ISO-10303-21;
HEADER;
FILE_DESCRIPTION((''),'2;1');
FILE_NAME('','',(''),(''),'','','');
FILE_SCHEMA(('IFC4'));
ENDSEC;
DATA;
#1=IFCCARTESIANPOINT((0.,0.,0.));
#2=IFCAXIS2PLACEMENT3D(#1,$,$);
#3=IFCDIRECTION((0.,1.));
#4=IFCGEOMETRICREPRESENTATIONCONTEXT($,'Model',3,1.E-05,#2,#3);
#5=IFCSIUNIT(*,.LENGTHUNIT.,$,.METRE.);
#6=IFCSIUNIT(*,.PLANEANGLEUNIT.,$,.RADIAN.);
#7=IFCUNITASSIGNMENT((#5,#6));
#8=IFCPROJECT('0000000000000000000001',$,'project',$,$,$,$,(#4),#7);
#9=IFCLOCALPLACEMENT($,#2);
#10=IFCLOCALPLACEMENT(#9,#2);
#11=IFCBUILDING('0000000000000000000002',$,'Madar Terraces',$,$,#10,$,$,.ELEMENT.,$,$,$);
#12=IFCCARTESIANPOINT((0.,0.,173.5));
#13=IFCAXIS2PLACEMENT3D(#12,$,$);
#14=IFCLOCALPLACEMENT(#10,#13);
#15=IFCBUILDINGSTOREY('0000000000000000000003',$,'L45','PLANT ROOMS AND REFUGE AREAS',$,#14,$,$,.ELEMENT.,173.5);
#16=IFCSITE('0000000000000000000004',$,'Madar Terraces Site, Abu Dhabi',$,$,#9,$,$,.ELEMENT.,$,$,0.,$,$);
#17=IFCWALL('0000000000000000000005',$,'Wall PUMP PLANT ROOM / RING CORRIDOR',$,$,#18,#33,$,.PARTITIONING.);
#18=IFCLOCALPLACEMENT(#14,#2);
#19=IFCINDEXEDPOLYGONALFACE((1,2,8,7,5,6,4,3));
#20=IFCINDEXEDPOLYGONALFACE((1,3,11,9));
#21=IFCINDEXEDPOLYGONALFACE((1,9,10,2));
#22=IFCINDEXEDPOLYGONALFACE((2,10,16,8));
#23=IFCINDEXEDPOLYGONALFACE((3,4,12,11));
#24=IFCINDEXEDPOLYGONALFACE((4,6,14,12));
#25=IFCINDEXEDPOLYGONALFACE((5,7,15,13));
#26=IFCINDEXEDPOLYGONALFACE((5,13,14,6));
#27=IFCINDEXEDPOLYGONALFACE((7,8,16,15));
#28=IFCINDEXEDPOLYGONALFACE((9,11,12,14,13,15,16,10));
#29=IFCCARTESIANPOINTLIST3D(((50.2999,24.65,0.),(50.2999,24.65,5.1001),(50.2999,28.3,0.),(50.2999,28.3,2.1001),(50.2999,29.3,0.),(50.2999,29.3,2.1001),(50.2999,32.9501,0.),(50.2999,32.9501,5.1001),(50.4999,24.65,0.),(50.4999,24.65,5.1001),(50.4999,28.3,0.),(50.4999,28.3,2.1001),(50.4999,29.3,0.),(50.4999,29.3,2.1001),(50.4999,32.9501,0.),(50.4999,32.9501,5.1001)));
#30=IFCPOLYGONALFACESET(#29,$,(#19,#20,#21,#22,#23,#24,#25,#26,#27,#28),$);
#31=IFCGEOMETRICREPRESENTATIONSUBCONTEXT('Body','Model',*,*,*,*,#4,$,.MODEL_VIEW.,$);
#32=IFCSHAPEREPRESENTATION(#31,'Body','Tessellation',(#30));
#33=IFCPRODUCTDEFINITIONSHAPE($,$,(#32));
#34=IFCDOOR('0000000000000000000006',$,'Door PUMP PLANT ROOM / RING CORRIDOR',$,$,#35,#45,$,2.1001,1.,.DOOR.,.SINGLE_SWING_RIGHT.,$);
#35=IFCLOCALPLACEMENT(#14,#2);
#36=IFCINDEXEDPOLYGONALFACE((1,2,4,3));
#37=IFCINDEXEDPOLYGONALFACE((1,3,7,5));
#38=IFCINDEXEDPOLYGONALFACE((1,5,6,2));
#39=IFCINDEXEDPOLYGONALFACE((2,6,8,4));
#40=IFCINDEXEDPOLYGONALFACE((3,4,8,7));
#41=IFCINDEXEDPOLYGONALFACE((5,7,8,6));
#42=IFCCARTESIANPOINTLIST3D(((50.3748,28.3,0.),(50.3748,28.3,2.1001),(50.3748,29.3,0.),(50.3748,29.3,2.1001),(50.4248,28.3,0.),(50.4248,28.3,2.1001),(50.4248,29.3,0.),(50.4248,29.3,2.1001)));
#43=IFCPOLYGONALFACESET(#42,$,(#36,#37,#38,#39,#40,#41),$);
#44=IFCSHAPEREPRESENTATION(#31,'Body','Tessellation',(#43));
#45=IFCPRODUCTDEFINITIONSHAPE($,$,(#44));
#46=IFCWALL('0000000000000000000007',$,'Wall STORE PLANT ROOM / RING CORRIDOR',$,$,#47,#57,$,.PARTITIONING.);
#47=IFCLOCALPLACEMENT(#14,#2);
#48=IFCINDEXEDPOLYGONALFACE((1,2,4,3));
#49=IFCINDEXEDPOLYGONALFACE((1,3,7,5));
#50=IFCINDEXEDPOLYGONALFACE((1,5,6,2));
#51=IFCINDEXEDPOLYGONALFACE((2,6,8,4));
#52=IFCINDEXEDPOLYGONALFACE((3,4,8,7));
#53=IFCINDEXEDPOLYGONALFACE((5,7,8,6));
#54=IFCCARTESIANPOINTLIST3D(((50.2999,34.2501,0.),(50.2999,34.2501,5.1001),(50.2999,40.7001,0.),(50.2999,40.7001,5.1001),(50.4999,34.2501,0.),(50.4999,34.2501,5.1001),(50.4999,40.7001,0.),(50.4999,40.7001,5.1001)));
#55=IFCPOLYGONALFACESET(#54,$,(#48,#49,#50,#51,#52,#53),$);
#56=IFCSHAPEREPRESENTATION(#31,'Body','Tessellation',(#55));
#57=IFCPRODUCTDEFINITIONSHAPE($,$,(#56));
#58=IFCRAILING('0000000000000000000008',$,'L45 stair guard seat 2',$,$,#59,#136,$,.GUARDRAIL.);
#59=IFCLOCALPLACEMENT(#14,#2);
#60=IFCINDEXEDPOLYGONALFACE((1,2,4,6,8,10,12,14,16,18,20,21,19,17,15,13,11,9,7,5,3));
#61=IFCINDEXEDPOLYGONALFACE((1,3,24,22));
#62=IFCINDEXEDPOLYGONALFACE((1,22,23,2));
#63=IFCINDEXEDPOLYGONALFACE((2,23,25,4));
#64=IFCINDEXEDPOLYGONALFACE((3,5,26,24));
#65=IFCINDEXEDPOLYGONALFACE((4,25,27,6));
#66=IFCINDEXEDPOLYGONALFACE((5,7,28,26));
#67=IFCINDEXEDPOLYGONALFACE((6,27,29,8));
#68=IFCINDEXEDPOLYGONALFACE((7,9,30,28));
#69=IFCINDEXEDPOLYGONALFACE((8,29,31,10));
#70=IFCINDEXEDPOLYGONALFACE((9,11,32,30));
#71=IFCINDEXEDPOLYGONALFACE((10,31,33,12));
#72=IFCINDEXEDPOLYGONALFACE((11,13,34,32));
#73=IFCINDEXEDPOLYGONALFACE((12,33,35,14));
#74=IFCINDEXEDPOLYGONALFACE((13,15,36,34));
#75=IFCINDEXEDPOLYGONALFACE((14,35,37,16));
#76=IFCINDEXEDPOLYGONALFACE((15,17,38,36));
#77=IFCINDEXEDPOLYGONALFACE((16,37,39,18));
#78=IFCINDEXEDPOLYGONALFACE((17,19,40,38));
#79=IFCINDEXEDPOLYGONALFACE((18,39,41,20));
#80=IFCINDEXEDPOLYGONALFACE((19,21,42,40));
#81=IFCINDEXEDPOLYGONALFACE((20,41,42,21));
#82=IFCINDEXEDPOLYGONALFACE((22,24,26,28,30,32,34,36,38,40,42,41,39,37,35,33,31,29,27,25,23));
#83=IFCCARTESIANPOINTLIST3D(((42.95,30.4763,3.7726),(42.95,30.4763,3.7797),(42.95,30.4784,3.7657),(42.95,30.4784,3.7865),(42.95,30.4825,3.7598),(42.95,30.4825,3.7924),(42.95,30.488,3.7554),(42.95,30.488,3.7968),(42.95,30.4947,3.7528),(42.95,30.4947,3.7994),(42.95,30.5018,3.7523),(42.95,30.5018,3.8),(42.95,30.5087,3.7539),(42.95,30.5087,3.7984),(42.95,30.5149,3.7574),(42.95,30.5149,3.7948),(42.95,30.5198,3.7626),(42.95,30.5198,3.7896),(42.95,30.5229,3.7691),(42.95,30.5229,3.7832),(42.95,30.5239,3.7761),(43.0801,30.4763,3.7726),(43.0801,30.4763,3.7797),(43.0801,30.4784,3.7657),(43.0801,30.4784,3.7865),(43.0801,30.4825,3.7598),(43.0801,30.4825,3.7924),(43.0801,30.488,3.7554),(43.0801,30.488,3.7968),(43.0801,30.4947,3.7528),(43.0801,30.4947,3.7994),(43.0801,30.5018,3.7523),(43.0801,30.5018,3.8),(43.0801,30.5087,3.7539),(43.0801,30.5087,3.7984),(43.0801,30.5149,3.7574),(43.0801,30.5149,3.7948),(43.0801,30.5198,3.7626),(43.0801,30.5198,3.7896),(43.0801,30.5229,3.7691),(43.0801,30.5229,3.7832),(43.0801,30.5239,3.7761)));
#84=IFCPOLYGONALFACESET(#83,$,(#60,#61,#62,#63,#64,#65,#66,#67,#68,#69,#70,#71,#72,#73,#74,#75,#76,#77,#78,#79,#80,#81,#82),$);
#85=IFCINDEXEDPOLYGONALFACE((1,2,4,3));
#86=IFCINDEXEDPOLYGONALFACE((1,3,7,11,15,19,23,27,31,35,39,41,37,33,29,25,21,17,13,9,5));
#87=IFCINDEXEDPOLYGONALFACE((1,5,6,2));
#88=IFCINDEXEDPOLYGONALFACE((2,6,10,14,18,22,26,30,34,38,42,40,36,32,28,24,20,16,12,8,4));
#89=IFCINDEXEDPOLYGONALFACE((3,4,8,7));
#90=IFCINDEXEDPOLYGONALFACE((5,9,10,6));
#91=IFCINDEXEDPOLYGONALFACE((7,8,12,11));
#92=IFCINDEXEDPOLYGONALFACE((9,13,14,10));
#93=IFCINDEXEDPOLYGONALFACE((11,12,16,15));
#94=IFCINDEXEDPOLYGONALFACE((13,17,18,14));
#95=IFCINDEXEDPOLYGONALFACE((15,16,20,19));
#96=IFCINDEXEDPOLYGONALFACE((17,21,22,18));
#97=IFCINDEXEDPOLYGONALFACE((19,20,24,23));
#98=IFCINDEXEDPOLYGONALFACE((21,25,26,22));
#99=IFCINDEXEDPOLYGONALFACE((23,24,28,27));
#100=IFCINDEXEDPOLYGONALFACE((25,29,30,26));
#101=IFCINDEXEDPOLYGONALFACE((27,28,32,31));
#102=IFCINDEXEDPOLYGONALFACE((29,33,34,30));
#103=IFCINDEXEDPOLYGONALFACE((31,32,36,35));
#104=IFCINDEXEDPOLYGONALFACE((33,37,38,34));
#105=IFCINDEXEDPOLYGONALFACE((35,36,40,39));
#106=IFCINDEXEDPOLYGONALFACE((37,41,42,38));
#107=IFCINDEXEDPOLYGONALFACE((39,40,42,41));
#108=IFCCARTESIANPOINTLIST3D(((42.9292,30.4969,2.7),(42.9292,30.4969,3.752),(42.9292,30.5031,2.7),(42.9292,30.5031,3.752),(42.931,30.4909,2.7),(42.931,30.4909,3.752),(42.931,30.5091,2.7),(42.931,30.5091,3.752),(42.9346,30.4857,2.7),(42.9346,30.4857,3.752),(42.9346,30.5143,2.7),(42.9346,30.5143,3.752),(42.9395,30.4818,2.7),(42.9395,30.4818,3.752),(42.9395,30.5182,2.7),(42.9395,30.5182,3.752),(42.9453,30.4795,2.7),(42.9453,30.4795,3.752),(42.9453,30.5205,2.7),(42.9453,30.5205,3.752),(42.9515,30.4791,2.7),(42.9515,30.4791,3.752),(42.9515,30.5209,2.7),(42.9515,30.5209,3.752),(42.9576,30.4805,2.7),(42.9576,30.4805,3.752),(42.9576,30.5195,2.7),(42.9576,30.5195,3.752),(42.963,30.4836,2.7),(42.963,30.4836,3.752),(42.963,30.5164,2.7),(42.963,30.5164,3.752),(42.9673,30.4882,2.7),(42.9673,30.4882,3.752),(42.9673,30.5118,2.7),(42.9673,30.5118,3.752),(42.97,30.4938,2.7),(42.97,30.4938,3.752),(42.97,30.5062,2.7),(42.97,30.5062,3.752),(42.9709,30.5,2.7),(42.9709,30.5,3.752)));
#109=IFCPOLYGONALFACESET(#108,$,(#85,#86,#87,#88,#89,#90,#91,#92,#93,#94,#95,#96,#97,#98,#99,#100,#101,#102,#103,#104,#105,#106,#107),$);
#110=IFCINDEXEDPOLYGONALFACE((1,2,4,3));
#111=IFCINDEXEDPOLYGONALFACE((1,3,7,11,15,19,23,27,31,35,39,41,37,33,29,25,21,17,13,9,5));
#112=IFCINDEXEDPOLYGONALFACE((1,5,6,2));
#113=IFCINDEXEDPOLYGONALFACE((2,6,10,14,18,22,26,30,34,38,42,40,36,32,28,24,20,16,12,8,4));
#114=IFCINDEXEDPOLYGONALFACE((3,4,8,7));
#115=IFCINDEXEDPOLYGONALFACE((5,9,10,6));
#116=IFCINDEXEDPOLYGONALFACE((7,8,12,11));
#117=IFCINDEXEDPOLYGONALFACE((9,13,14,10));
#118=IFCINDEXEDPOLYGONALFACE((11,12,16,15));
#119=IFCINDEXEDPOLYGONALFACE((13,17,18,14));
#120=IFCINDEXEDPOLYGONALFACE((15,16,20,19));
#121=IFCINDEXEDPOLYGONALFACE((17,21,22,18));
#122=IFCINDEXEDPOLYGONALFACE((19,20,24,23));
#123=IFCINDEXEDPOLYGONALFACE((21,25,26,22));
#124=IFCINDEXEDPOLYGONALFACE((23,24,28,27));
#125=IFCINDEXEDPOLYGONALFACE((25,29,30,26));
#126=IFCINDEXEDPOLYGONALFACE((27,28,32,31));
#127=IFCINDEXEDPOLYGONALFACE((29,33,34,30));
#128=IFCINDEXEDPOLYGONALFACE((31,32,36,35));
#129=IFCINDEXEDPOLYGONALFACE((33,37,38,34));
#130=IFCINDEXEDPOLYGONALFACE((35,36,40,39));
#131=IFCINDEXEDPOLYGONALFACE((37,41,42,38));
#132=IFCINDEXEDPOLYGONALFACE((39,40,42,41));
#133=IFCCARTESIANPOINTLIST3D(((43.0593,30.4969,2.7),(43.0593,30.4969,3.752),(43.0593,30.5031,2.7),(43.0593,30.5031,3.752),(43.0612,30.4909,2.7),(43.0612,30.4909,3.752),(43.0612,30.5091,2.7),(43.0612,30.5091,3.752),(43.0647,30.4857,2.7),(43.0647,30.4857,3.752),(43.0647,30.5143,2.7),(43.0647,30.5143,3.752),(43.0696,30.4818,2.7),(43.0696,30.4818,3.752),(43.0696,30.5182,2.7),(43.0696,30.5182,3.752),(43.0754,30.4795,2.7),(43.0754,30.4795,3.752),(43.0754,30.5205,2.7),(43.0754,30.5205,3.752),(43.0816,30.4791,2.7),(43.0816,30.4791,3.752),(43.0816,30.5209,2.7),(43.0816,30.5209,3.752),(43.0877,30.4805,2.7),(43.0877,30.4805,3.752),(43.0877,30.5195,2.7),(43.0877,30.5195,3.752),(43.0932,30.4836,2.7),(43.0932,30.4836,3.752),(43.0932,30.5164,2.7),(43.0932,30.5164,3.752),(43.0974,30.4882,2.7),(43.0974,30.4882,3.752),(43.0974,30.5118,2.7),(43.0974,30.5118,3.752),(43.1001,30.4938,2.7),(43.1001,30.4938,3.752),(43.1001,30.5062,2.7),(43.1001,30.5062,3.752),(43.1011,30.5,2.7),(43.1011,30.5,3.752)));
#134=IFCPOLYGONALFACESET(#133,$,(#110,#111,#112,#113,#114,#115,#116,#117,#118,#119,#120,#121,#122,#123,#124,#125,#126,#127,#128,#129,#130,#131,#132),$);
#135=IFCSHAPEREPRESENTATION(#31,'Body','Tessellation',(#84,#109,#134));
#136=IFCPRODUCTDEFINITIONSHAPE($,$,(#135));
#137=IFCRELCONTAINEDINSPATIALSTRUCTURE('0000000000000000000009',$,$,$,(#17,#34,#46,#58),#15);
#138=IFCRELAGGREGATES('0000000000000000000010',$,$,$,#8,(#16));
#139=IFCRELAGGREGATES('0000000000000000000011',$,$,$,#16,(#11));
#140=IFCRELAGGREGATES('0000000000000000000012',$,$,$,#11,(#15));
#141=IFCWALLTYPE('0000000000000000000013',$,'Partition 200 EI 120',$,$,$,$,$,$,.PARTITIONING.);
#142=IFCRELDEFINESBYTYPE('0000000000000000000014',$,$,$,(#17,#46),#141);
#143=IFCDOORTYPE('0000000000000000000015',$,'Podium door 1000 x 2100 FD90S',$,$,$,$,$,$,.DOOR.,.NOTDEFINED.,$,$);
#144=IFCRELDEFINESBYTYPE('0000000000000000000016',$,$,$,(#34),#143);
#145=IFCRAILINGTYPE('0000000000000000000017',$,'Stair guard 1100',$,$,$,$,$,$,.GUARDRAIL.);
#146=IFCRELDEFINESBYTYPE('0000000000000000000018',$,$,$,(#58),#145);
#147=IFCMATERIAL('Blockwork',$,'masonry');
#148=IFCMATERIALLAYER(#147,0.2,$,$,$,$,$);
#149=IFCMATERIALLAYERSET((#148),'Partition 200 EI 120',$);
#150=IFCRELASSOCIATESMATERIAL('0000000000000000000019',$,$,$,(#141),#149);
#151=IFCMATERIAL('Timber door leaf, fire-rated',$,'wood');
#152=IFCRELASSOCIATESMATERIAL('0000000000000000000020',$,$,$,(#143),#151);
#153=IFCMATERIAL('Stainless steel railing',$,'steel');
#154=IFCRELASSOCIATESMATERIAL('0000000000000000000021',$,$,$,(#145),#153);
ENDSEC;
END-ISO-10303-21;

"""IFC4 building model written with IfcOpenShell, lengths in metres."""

from ifc_helpers import new_model, si_unit, direction, frame, frame_2d, origin, origin_2d, place, context, subcontext, project, spatial, rectangle, circle, extrude, material, layer, layer_set, type_object, element, fill, save


model = new_model("IFC4")

# Units and contexts
model_context = context("Model", 3, precision=1e-05, world=origin(), true_north=direction((0.0, 1.0)))
body_context = subcontext(model_context, "Body", "Model", "MODEL_VIEW")
ifc_project = project(units=[si_unit("LENGTHUNIT", "METRE"), si_unit("PLANEANGLEUNIT", "RADIAN")], contexts=[model_context])

# Site, building, storey
site_placement = place(None, origin())
site = spatial("IfcSite", under=ifc_project, at=site_placement, Name="Madar Terraces Site, Abu Dhabi", CompositionType="ELEMENT", RefElevation=0.0)
building_placement = place(site_placement, origin())
building = spatial("IfcBuilding", under=site, at=building_placement, Name="Madar Terraces", CompositionType="ELEMENT")
storey_placement = place(building_placement, frame((0.0, 0.0, 173.5)))
storey = spatial("IfcBuildingStorey", under=building, at=storey_placement, Name="L45", Description="PLANT ROOMS AND REFUGE AREAS", CompositionType="ELEMENT", Elevation=173.5)

# Shared definitions
ifc_material_1 = material(Name="Blockwork", Category="masonry")
ifc_layer_1 = layer(ifc_material_1, 0.2)
ifc_layer_set_1 = layer_set([ifc_layer_1], Name="Partition 200 EI 120")
wall_type_1 = type_object("IfcWallType", Name="Partition 200 EI 120", PredefinedType="PARTITIONING", material=ifc_layer_set_1)

# Shared definitions
ifc_material_2 = material(Name="Timber door leaf, fire-rated", Category="wood")
door_type_1 = type_object("IfcDoorType", Name="Podium door 1000 x 2100 FD90S", OperationType="NOTDEFINED", PredefinedType="DOOR", material=ifc_material_2)

# Wall, opening, door
wall_1_placement = place(storey_placement, frame((50.3999, 32.95, 0.0), z_axis=(0.0, 0.0, 1.0), x_axis=(0.0, -1.0, 0.0)))
wall_1 = element("IfcWall", 1, at=wall_1_placement, inside=storey, type_object=wall_type_1, Name="Wall PUMP PLANT ROOM / RING CORRIDOR", PredefinedType="PARTITIONING", context=body_context, shape_type="SweptSolid", body=[
    extrude(rectangle(XDim=8.3, YDim=0.2, at=frame_2d((4.1499, 0.0))), origin(), (0.0, 0.0, 1.0), 5.1001),
])
opening_1_placement = place(wall_1_placement, frame((3.6499, 0.0, 0.0)))
opening_1 = element("IfcOpeningElement", 2, at=opening_1_placement, cuts=wall_1, PredefinedType="OPENING", context=body_context, shape_type="SweptSolid", body=[
    extrude(rectangle(XDim=1.0, YDim=2.1001, at=frame_2d((0.5, 1.05))), frame((0.0, 0.1099, 0.0), z_axis=(0.0, -1.0, 0.0), x_axis=(1.0, 0.0, 0.0)), (0.0, 0.0, 1.0), 0.22),
])
door_1_placement = place(opening_1_placement, origin())
door_1 = element("IfcDoor", 3, at=door_1_placement, inside=storey, type_object=door_type_1, Name="Door PUMP PLANT ROOM / RING CORRIDOR", OperationType="SINGLE_SWING_RIGHT", OverallHeight=2.1001, OverallWidth=1.0, PredefinedType="DOOR", context=body_context, shape_type="SweptSolid", body=[
    extrude(rectangle(XDim=1.0, YDim=2.1001, at=frame_2d((0.5, 1.05))), frame((0.0, 0.0249, 0.0), z_axis=(0.0, -1.0, 0.0), x_axis=(1.0, 0.0, 0.0)), (0.0, 0.0, 1.0), 0.05),
])
fill(opening_1, door_1)

# Wall
wall_2_placement = place(storey_placement, frame((50.3999, 34.25, 0.0), z_axis=(0.0, 0.0, 1.0), x_axis=(0.0, 1.0, 0.0)))
element("IfcWall", 4, at=wall_2_placement, inside=storey, type_object=wall_type_1, Name="Wall STORE PLANT ROOM / RING CORRIDOR", PredefinedType="PARTITIONING", context=body_context, shape_type="SweptSolid", body=[
    extrude(rectangle(XDim=6.45, YDim=0.2, at=frame_2d((3.2251, 0.0))), origin(), (0.0, 0.0, 1.0), 5.1001),
])

# Railing
ifc_material_3 = material(Name="Stainless steel railing", Category="steel")
railing_type_1 = type_object("IfcRailingType", Name="Stair guard 1100", PredefinedType="GUARDRAIL", material=ifc_material_3)
for number, where, name in (
    (5, (42.95, 30.5, 2.7), "L45 stair guard seat 2"),
):
    element("IfcRailing", number, at=place(storey_placement, frame(where)), inside=storey, type_object=railing_type_1, Name=name, PredefinedType="GUARDRAIL", context=body_context, shape_type="SweptSolid", body=[
        extrude(circle(Radius=0.0239, at=origin_2d()), frame((0.0, 0.0, 1.0762), z_axis=(1.0, 0.0, 0.0), x_axis=(0.0, 1.0, 0.0)), (0.0, 0.0, 1.0), 0.1301),
        extrude(circle(Radius=0.021, at=origin_2d()), origin(), (0.0, 0.0, 1.0), 1.052),
        extrude(circle(Radius=0.021, at=origin_2d()), frame((0.1301, 0.0, 0.0)), (0.0, 0.0, 1.0), 1.052),
    ])

save(model, "model.ifc")
